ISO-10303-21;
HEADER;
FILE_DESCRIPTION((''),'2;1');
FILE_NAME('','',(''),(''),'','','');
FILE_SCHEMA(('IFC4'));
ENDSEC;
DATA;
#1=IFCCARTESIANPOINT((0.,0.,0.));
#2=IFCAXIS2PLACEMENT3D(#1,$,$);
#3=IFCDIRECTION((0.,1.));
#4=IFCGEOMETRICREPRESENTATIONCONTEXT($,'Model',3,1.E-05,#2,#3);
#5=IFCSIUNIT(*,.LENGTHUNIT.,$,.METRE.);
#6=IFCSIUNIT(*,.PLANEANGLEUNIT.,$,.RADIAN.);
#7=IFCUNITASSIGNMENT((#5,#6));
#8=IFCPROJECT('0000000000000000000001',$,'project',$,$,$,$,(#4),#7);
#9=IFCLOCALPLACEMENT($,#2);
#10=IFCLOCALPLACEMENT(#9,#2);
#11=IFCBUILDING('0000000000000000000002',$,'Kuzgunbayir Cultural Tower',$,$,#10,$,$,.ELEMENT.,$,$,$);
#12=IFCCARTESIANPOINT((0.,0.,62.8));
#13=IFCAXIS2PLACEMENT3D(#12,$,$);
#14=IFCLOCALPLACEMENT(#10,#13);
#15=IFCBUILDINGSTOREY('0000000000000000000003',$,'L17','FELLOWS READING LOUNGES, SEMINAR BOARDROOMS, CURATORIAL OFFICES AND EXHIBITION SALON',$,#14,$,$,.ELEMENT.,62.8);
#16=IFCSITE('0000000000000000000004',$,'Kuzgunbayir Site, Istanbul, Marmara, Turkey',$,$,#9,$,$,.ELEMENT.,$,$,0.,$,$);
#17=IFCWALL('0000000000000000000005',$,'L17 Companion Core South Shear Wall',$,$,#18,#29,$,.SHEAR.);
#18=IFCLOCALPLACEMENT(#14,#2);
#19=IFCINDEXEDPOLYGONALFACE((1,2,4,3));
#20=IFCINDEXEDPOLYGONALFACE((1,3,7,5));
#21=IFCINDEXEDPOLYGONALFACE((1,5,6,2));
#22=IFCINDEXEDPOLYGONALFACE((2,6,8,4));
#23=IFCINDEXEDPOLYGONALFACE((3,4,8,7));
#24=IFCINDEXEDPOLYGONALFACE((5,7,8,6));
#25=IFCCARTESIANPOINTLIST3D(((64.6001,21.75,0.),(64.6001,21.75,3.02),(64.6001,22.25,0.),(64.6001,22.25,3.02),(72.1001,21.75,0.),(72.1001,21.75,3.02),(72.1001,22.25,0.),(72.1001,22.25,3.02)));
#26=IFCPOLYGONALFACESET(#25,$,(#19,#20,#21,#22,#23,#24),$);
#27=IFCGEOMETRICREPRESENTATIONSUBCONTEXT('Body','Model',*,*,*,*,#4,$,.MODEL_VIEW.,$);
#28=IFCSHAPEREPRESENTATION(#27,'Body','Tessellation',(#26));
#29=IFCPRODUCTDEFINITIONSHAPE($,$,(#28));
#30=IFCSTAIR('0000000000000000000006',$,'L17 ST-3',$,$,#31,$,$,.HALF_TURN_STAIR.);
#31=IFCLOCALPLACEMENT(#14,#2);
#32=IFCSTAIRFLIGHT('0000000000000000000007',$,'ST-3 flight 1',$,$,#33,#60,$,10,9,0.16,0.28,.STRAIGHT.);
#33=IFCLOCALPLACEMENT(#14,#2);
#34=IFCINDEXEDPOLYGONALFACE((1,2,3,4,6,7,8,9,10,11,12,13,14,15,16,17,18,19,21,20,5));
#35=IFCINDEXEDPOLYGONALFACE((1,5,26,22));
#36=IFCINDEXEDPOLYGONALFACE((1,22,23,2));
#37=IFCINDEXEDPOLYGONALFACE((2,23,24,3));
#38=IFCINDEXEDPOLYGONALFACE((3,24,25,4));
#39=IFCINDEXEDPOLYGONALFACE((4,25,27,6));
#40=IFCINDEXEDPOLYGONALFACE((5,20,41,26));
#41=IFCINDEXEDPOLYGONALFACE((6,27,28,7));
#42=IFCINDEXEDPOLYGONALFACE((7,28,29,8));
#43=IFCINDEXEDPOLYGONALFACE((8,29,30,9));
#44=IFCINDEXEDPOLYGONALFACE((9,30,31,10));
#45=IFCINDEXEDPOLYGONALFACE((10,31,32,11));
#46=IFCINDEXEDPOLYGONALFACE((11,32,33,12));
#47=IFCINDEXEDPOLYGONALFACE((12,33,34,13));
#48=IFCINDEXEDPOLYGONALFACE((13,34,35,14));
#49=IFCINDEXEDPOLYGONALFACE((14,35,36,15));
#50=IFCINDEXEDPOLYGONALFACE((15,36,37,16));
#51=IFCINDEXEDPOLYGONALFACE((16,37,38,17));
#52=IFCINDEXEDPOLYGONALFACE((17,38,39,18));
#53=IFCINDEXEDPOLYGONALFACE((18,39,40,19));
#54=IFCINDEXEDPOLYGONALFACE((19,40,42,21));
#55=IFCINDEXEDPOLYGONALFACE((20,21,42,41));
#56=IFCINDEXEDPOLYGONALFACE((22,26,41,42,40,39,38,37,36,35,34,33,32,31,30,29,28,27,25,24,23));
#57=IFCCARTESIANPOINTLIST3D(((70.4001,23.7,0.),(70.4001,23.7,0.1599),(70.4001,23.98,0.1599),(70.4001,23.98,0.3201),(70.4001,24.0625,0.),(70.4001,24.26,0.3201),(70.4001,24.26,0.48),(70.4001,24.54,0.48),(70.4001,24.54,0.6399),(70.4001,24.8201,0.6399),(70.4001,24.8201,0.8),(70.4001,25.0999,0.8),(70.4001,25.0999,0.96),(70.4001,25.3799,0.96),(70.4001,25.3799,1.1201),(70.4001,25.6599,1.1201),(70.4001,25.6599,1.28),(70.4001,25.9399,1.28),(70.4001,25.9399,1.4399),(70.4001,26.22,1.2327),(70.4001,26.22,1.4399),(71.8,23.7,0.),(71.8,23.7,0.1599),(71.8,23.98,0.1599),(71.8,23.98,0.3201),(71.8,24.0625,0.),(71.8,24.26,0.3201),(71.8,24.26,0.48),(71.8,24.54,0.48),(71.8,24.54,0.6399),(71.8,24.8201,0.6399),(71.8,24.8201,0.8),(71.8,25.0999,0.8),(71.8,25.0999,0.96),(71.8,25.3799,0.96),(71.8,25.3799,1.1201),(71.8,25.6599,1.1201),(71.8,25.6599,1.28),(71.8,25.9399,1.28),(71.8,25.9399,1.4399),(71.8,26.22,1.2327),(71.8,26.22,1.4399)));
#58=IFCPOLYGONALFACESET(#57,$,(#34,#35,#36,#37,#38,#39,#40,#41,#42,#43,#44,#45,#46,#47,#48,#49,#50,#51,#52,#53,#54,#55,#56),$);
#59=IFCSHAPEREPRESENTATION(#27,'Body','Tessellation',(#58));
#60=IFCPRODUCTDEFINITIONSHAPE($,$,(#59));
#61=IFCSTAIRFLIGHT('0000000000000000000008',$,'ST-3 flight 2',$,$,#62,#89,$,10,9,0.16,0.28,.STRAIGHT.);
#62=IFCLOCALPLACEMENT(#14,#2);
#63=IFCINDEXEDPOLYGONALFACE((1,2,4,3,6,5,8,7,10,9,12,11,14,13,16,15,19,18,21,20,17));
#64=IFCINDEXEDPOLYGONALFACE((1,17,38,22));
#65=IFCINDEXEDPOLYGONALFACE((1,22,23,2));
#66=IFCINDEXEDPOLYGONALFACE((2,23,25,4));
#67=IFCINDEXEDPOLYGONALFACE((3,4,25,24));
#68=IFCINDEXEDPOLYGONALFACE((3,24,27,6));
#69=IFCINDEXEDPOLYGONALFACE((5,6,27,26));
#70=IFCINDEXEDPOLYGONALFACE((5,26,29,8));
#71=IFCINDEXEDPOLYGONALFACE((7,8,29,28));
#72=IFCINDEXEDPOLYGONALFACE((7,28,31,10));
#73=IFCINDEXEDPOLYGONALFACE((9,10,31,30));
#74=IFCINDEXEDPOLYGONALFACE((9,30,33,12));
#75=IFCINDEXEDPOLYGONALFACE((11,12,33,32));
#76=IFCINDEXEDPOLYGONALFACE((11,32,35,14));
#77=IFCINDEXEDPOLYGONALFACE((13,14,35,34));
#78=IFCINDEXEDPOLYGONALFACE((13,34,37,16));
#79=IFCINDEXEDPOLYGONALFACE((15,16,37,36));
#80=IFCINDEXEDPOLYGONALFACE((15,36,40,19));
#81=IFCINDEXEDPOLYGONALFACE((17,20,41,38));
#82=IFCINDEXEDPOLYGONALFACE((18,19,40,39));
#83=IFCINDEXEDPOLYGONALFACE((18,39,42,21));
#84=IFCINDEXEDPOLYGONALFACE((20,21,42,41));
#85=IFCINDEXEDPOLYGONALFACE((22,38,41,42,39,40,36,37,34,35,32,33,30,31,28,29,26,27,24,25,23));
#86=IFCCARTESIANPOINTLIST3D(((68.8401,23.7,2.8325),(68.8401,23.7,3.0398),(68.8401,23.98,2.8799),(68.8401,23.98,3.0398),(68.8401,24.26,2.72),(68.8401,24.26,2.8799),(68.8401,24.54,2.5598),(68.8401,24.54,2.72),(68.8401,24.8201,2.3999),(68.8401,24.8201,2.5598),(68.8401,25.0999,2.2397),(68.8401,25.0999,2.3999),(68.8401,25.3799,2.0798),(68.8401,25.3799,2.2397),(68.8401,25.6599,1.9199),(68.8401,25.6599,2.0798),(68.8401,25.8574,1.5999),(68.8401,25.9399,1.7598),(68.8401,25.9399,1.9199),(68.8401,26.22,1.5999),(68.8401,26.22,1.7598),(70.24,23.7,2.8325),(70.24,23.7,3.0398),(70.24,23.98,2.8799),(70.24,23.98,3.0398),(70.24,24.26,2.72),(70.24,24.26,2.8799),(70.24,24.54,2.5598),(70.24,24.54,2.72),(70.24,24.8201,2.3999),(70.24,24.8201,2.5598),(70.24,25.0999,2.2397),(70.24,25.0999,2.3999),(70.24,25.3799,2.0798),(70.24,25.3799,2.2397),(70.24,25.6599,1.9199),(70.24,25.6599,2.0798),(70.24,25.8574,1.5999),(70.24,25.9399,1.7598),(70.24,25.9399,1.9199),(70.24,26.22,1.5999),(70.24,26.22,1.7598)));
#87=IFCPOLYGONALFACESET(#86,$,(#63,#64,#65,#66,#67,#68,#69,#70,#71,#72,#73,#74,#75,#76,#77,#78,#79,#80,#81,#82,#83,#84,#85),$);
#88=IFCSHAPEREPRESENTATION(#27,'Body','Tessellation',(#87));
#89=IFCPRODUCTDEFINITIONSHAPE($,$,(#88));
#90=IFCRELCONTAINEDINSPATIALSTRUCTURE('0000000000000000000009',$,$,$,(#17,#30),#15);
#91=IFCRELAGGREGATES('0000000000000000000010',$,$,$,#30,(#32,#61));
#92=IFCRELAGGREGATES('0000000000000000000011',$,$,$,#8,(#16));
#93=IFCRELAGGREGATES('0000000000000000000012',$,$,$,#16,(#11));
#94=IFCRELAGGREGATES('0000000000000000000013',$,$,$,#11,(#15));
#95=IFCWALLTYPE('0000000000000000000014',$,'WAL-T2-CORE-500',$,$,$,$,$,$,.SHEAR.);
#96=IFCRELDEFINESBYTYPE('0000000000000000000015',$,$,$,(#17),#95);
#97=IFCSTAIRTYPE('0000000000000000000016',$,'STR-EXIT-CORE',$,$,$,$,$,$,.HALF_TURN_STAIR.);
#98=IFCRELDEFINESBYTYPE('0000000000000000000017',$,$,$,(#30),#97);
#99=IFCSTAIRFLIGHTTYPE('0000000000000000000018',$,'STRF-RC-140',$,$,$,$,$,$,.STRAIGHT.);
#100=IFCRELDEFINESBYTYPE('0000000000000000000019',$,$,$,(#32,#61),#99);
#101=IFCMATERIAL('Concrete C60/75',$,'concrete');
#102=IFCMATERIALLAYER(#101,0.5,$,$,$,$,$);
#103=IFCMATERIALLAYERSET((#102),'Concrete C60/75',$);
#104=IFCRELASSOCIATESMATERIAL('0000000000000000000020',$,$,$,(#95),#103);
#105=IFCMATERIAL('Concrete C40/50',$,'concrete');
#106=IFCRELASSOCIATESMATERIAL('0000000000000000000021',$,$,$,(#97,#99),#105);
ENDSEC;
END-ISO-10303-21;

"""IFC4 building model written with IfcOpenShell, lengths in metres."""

from ifc_helpers import new_model, si_unit, direction, frame, frame_2d, origin, place, context, subcontext, project, spatial, polyline, rectangle, outline, extrude, material, layer, layer_set, type_object, element, aggregate, save


model = new_model("IFC4")

# Units and contexts
model_context = context("Model", 3, precision=1e-05, world=origin(), true_north=direction((0.0, 1.0)))
body_context = subcontext(model_context, "Body", "Model", "MODEL_VIEW")
ifc_project = project(units=[si_unit("LENGTHUNIT", "METRE"), si_unit("PLANEANGLEUNIT", "RADIAN")], contexts=[model_context])

# Site, building, storey
site_placement = place(None, origin())
site = spatial("IfcSite", under=ifc_project, at=site_placement, Name="Kuzgunbayir Site, Istanbul, Marmara, Turkey", CompositionType="ELEMENT", RefElevation=0.0)
building_placement = place(site_placement, origin())
building = spatial("IfcBuilding", under=site, at=building_placement, Name="Kuzgunbayir Cultural Tower", CompositionType="ELEMENT")
storey_placement = place(building_placement, frame((0.0, 0.0, 62.8)))
storey = spatial("IfcBuildingStorey", under=building, at=storey_placement, Name="L17", Description="FELLOWS READING LOUNGES, SEMINAR BOARDROOMS, CURATORIAL OFFICES AND EXHIBITION SALON", CompositionType="ELEMENT", Elevation=62.8)

# Shared definitions
ifc_material_1 = material(Name="Concrete C60/75", Category="concrete")

# Shared definitions
ifc_material_2 = material(Name="Concrete C40/50", Category="concrete")

# Wall
ifc_layer_1 = layer(ifc_material_1, 0.5)
ifc_layer_set_1 = layer_set([ifc_layer_1], Name="Concrete C60/75")
wall_type_1 = type_object("IfcWallType", Name="WAL-T2-CORE-500", PredefinedType="SHEAR", material=ifc_layer_set_1)
wall_1_placement = place(storey_placement, frame((64.6001, 22.0, 0.0), z_axis=(0.0, 0.0, 1.0), x_axis=(1.0, 0.0, 0.0)))
element("IfcWall", 1, at=wall_1_placement, inside=storey, type_object=wall_type_1, Name="L17 Companion Core South Shear Wall", PredefinedType="SHEAR", context=body_context, shape_type="SweptSolid", body=[
    extrude(rectangle(XDim=7.5, YDim=0.5, at=frame_2d((3.75, 0.0))), origin(), (0.0, 0.0, 1.0), 3.02),
])

# Stair, stair flights
stair_type = type_object("IfcStairType", Name="STR-EXIT-CORE", PredefinedType="HALF_TURN_STAIR", material=ifc_material_2)
stair_placement = place(storey_placement, origin())
stair = element("IfcStair", 2, at=stair_placement, inside=storey, type_object=stair_type, Name="L17 ST-3", PredefinedType="HALF_TURN_STAIR")
stair_flight_type = type_object("IfcStairFlightType", Name="STRF-RC-140", PredefinedType="STRAIGHT", material=ifc_material_2)
stair_flight_1_placement = place(storey_placement, frame((71.1001, 23.7, 0.0), z_axis=(0.0, 0.0, 1.0), x_axis=(0.0, 1.0, 0.0)))
stair_flight_1 = element("IfcStairFlight", 3, at=stair_flight_1_placement, type_object=stair_flight_type, Name="ST-3 flight 1", NumberOfRisers=10, NumberOfTreads=9, PredefinedType="STRAIGHT", RiserHeight=0.16, TreadLength=0.28, context=body_context, shape_type="SweptSolid", body=[
    extrude(outline(polyline([(0.0, 0.0), (0.0, 0.1599), (0.28, 0.1599), (0.28, 0.3201), (0.5601, 0.3201), (0.5601, 0.48), (0.8401, 0.48), (0.8401, 0.6399), (1.1201, 0.6399), (1.1201, 0.8), (1.3999, 0.8), (1.3999, 0.96), (1.6799, 0.96), (1.6799, 1.1201), (1.96, 1.1201), (1.96, 1.28), (2.24, 1.28), (2.24, 1.4399), (2.52, 1.4399), (2.52, 1.6001), (2.52, 1.2327), (0.3625, 0.0), (0.0, 0.0)])), frame((0.0, 0.7, 0.0), z_axis=(0.0, -1.0, 0.0), x_axis=(1.0, 0.0, 0.0)), (0.0, 0.0, 1.0), 1.3999),
])
stair_flight_2_placement = place(storey_placement, frame((69.54, 26.22, 1.5999), z_axis=(0.0, 0.0, 1.0), x_axis=(0.0, -1.0, 0.0)))
stair_flight_2 = element("IfcStairFlight", 4, at=stair_flight_2_placement, type_object=stair_flight_type, Name="ST-3 flight 2", NumberOfRisers=10, NumberOfTreads=9, PredefinedType="STRAIGHT", RiserHeight=0.16, TreadLength=0.28, context=body_context, shape_type="SweptSolid", body=[
    extrude(outline(polyline([(0.0, 0.0), (0.0, 0.1599), (0.28, 0.1599), (0.28, 0.3201), (0.5601, 0.3201), (0.5601, 0.48), (0.8401, 0.48), (0.8401, 0.6399), (1.1201, 0.6399), (1.1201, 0.8), (1.3999, 0.8), (1.3999, 0.96), (1.6799, 0.96), (1.6799, 1.1201), (1.96, 1.1201), (1.96, 1.28), (2.24, 1.28), (2.24, 1.4399), (2.52, 1.4399), (2.52, 1.6001), (2.52, 1.2327), (0.3625, 0.0), (0.0, 0.0)])), frame((0.0, 0.7, 0.0), z_axis=(0.0, -1.0, 0.0), x_axis=(1.0, 0.0, 0.0)), (0.0, 0.0, 1.0), 1.3999),
])
aggregate(stair, [stair_flight_1, stair_flight_2])

save(model, "model.ifc")
